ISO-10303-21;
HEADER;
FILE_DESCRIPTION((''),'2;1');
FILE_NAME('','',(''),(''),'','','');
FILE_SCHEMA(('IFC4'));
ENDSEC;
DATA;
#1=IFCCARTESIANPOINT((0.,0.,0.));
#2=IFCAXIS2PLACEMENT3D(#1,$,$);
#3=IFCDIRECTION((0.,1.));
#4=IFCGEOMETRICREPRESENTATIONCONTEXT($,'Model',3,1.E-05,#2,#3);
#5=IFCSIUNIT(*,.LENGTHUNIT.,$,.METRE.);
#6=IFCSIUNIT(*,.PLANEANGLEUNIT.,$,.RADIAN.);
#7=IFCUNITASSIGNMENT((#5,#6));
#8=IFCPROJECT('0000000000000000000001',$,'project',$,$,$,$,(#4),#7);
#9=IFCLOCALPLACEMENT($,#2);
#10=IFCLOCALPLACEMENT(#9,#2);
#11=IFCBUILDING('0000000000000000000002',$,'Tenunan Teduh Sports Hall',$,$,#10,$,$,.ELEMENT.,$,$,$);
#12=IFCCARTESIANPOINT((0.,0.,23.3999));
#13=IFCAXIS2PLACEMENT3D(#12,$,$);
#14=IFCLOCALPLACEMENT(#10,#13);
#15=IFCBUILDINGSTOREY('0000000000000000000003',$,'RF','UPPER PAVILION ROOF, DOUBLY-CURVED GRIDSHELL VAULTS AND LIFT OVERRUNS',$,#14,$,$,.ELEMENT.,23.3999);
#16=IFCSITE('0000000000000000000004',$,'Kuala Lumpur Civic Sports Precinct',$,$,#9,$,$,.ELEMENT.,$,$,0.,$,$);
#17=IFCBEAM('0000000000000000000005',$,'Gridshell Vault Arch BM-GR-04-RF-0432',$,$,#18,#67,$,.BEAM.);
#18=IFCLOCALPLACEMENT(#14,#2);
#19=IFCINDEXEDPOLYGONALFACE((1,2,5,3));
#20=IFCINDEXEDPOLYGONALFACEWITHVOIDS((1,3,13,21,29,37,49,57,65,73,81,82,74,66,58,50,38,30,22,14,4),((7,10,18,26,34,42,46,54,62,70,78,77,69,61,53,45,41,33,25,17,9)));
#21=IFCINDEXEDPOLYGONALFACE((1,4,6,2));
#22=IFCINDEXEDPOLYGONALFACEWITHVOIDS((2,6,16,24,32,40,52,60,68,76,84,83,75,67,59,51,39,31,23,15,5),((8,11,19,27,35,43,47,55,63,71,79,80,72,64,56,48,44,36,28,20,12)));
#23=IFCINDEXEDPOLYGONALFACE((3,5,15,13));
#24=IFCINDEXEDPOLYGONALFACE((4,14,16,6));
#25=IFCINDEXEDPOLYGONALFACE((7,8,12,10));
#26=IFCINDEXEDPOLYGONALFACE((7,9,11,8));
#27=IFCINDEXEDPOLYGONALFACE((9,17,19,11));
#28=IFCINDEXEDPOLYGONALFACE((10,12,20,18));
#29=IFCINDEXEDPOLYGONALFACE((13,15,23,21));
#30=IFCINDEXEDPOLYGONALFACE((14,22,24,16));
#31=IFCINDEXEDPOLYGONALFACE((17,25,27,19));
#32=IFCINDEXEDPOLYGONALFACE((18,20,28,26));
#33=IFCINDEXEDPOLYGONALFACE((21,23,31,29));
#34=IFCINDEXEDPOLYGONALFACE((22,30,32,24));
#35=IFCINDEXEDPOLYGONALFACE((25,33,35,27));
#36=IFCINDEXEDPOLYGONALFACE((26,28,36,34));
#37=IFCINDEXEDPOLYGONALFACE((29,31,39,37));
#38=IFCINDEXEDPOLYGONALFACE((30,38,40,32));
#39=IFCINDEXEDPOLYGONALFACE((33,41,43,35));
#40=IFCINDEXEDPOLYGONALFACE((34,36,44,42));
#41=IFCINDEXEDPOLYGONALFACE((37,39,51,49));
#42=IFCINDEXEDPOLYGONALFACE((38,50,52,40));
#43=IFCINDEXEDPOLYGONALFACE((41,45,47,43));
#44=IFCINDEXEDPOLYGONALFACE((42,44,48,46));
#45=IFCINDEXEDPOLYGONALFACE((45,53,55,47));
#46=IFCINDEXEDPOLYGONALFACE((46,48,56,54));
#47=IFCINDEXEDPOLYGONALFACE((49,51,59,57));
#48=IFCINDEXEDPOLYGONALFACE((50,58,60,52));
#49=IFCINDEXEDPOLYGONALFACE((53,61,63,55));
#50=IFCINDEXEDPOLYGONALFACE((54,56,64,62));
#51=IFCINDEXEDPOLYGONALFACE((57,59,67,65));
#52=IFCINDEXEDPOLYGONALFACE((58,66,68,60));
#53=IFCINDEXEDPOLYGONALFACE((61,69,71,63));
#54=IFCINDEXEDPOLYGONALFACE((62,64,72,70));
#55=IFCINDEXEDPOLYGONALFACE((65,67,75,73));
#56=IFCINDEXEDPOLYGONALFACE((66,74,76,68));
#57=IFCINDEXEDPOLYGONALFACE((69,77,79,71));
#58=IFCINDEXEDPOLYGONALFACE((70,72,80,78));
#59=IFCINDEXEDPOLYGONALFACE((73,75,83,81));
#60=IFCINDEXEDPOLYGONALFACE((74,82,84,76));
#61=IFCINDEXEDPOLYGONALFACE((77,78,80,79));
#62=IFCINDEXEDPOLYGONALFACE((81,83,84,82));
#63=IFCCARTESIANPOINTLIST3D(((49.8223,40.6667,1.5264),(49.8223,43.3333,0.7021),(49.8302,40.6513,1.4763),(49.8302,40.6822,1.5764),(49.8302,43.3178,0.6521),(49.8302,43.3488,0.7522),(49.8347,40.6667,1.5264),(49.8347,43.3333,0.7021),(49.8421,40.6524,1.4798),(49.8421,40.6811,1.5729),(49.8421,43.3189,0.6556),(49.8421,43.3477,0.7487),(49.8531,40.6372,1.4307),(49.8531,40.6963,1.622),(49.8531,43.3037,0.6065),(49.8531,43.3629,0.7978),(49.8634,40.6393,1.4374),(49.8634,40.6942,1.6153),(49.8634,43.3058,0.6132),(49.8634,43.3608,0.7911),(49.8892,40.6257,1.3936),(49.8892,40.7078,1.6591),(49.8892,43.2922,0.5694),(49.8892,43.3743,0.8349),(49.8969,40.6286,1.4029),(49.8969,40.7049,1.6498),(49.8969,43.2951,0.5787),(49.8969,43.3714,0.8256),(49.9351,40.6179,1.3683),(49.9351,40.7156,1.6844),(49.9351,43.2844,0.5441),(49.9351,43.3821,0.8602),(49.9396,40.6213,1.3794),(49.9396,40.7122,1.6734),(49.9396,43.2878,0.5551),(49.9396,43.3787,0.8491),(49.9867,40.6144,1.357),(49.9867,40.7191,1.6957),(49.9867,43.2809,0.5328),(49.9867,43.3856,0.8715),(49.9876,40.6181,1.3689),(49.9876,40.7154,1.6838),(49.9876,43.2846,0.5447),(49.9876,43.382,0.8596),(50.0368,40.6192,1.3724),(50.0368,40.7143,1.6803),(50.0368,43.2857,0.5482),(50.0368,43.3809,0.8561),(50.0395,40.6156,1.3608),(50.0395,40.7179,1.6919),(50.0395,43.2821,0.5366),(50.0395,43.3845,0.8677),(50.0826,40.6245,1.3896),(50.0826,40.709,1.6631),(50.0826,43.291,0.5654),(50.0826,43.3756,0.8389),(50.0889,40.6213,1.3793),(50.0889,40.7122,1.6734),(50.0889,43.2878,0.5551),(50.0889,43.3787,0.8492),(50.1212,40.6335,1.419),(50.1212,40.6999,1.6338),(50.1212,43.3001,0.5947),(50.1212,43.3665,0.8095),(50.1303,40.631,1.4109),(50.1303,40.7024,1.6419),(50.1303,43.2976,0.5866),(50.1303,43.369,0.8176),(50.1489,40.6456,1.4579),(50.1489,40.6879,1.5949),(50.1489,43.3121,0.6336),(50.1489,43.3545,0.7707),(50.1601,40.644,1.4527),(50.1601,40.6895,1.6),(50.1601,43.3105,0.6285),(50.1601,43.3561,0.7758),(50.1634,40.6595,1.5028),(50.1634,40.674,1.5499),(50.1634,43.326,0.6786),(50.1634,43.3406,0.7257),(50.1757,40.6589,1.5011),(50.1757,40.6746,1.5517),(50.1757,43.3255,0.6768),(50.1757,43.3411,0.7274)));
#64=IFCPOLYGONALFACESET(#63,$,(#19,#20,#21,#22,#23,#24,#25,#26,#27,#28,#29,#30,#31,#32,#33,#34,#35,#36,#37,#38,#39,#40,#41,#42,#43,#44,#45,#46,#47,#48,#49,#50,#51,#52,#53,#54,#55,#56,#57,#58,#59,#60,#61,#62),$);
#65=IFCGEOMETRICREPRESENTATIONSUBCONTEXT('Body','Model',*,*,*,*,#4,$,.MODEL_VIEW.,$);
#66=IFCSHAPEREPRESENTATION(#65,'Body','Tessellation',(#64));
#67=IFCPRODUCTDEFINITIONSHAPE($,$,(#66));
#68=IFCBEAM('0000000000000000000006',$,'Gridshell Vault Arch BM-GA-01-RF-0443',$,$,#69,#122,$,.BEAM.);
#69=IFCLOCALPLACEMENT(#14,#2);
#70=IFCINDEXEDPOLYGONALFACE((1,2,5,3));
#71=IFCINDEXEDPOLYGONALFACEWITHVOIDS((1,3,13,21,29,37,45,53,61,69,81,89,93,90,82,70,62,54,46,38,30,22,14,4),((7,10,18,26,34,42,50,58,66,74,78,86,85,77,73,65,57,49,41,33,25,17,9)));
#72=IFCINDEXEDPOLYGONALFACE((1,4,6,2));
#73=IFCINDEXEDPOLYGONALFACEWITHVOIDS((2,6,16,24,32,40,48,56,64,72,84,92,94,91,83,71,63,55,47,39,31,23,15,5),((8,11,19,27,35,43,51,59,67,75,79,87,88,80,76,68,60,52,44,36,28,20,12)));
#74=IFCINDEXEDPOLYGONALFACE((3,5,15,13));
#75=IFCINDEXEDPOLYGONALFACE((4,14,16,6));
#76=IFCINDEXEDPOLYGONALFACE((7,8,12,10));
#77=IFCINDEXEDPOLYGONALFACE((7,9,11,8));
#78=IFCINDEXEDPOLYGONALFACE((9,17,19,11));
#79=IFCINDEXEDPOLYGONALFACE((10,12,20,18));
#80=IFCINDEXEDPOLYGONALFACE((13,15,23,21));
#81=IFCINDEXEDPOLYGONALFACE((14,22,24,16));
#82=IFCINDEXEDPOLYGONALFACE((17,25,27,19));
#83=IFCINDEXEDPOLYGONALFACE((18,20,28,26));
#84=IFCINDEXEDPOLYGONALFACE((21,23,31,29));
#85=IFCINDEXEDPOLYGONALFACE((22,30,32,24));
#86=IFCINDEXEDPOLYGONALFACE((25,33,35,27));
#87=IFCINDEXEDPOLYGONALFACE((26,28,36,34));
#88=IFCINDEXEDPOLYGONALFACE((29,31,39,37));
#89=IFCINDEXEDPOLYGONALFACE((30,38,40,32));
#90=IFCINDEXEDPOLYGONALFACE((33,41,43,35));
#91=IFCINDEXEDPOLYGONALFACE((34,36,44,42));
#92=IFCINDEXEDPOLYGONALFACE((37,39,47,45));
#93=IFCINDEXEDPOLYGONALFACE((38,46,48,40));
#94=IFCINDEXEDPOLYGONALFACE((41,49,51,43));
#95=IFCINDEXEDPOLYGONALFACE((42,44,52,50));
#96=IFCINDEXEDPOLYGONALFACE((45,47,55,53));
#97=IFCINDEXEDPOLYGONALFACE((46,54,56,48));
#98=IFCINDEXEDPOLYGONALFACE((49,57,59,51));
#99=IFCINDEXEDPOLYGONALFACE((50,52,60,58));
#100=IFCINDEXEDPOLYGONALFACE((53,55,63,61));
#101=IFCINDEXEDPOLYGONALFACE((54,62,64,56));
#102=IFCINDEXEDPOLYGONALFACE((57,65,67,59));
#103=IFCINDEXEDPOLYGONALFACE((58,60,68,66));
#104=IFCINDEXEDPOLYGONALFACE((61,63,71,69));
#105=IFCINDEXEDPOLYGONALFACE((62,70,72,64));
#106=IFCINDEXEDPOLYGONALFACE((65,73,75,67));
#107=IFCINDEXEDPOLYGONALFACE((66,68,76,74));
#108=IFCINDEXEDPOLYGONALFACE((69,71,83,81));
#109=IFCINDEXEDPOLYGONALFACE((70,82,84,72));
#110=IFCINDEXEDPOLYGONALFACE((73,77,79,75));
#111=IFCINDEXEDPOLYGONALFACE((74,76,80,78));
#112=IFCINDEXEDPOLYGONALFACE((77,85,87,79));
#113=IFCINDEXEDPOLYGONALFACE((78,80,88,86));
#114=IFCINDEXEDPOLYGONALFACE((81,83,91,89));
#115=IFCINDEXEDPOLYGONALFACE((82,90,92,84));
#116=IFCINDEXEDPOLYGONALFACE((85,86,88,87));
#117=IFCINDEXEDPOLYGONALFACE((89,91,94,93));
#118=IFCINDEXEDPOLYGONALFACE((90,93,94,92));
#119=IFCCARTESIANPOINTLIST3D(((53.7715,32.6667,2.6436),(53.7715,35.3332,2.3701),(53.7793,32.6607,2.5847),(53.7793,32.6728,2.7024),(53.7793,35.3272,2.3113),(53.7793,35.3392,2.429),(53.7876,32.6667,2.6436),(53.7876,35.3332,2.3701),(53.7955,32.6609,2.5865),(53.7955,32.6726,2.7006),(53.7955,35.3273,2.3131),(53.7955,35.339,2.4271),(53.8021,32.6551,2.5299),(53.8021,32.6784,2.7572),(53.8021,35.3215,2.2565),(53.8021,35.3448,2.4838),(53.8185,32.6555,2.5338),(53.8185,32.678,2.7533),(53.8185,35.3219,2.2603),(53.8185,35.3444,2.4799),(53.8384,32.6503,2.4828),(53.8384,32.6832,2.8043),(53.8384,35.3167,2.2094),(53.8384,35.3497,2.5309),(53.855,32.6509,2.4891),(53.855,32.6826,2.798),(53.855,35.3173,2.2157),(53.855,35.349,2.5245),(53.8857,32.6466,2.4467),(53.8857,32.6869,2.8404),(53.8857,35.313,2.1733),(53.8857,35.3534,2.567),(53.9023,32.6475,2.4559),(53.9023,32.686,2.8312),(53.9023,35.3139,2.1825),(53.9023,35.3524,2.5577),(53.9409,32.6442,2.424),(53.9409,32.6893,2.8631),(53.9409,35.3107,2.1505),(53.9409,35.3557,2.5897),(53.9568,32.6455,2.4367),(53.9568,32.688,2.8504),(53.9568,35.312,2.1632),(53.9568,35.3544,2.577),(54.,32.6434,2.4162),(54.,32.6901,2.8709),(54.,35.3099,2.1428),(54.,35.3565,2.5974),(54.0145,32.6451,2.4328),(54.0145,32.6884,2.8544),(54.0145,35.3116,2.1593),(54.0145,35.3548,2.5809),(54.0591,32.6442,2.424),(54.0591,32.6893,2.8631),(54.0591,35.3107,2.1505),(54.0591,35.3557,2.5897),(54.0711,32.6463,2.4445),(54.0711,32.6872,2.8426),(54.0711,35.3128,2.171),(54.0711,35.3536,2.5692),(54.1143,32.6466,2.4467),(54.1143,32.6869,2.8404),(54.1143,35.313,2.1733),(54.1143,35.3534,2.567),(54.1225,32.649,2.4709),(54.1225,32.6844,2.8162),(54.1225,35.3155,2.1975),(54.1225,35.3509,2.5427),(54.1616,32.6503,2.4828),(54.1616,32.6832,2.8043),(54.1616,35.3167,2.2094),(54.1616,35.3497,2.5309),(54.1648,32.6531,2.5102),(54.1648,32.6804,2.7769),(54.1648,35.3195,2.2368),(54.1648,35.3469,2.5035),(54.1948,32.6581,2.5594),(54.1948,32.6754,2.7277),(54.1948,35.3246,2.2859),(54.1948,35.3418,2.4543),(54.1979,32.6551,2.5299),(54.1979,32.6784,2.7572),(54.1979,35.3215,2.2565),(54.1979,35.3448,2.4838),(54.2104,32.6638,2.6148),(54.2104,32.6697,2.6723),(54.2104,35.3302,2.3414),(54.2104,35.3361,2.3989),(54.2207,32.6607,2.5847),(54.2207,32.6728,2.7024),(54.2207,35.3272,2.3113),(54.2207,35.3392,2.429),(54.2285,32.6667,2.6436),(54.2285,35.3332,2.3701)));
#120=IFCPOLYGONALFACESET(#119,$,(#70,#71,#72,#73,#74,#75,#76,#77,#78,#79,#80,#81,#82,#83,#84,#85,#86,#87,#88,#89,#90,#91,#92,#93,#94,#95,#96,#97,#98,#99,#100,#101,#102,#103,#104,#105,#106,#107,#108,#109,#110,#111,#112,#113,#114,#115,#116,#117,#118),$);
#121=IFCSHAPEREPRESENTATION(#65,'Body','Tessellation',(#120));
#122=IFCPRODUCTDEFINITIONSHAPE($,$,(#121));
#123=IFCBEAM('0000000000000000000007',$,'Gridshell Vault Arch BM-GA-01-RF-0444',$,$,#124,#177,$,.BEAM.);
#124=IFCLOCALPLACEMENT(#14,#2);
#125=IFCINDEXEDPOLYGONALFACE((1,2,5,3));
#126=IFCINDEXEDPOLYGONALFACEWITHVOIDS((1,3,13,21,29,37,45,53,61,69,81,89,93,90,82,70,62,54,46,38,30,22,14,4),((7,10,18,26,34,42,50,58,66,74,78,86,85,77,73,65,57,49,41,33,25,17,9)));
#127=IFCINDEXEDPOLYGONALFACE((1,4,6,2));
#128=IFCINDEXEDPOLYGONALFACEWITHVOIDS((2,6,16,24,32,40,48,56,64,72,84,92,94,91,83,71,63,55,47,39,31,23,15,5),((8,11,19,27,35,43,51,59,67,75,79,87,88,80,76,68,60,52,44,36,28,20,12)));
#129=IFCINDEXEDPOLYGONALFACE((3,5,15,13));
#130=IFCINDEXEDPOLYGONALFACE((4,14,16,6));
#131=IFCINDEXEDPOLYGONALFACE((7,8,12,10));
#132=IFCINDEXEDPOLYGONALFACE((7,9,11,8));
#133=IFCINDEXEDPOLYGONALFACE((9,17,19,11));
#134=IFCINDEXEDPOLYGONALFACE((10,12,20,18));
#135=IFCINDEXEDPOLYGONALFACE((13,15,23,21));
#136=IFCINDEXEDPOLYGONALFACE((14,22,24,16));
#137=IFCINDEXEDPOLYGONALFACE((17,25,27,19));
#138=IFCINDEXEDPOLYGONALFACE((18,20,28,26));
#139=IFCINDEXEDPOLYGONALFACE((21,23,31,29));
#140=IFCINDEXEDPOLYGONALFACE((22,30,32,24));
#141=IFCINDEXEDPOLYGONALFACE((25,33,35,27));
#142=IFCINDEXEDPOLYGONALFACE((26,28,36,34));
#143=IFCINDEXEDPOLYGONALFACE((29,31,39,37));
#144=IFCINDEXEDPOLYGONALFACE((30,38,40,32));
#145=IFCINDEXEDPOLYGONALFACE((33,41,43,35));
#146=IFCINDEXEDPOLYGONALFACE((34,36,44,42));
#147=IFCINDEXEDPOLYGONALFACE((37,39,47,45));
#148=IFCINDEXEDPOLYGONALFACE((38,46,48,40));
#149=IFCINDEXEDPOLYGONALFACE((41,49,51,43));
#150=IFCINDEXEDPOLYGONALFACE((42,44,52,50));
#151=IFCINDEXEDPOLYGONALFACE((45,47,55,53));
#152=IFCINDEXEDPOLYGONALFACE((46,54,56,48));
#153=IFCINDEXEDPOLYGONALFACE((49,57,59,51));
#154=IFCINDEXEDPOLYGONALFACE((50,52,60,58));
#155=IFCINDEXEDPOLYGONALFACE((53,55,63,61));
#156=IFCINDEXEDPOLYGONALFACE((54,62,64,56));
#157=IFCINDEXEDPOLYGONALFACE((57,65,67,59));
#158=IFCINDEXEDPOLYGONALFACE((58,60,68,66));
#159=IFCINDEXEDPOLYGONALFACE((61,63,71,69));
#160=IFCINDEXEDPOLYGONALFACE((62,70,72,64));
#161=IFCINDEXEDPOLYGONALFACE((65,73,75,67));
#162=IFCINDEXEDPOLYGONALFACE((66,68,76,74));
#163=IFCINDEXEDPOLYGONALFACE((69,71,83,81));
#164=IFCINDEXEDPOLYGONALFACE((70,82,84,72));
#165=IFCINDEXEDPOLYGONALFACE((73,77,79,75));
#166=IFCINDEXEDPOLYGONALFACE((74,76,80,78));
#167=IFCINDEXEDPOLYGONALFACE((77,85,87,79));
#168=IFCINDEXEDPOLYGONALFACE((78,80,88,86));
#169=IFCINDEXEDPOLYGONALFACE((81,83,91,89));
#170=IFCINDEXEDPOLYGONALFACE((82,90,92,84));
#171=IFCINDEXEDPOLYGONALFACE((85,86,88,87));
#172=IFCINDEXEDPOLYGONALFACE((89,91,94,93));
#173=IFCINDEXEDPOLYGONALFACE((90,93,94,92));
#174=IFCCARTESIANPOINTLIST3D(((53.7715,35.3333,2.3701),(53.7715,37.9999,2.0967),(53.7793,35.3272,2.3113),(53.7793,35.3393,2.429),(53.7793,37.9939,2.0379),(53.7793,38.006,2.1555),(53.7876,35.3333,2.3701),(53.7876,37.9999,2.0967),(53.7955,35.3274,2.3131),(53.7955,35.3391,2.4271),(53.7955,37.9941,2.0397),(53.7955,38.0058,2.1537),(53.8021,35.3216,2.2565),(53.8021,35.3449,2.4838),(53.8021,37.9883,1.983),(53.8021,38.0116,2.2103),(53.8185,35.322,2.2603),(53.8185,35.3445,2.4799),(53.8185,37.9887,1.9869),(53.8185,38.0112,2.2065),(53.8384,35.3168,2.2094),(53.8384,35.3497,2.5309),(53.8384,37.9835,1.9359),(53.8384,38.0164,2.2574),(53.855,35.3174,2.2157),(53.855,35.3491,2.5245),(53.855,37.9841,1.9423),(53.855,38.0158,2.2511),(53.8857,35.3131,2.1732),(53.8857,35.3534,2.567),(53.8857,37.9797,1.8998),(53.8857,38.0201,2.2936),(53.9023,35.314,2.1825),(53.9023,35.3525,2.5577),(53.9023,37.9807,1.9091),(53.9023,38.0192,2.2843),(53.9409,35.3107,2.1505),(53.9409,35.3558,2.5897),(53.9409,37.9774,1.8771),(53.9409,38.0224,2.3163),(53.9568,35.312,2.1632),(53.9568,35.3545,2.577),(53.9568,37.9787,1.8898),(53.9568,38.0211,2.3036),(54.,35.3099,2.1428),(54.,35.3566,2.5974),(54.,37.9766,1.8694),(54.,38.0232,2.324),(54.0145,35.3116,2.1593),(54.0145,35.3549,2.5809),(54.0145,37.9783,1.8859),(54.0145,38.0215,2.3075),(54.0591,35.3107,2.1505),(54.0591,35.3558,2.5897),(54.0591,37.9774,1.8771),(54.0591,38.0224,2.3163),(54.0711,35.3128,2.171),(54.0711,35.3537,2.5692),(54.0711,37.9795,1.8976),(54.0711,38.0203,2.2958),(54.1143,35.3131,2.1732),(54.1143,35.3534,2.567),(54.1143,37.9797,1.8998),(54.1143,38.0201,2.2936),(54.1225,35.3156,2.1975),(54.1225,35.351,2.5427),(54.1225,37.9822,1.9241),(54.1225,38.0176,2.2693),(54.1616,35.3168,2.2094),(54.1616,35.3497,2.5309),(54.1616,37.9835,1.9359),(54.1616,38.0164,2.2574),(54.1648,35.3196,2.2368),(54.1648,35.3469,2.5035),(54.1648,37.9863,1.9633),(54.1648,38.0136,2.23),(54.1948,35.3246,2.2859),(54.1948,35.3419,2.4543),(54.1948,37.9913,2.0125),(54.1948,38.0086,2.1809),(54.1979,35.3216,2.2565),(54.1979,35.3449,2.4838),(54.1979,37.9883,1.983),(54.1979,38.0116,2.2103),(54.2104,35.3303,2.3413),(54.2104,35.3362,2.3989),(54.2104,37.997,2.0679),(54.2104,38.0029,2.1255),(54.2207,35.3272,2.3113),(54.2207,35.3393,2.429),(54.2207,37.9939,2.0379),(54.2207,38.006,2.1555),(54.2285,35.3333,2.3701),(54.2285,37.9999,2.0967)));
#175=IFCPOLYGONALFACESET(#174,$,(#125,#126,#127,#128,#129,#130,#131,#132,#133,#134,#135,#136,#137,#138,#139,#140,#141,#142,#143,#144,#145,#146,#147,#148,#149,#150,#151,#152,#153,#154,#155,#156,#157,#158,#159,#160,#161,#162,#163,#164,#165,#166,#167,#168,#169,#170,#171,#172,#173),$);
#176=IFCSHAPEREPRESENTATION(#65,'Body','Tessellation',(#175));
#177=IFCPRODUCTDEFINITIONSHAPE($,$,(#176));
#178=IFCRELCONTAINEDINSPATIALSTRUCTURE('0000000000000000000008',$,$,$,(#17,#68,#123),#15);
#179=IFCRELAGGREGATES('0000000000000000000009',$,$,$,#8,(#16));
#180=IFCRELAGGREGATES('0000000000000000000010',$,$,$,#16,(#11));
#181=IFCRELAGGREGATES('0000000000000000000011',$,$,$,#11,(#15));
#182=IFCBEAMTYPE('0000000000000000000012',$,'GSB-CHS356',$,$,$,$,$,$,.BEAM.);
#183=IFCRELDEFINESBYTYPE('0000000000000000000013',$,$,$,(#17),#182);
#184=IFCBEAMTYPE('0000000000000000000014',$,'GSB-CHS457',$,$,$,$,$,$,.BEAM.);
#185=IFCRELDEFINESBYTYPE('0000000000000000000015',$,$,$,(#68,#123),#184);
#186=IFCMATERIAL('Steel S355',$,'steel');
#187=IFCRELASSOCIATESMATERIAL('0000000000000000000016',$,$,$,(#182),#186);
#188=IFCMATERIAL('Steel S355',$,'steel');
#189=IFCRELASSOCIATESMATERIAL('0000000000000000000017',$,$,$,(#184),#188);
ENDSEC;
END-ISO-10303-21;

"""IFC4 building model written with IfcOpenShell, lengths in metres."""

from ifc_helpers import new_model, si_unit, direction, frame, origin, origin_2d, place, context, subcontext, project, spatial, hollow_circle, extrude, material, material_profile, profile_set, type_object, element, save


model = new_model("IFC4")

# Units and contexts
model_context = context("Model", 3, precision=1e-05, world=origin(), true_north=direction((0.0, 1.0)))
body_context = subcontext(model_context, "Body", "Model", "MODEL_VIEW")
ifc_project = project(units=[si_unit("LENGTHUNIT", "METRE"), si_unit("PLANEANGLEUNIT", "RADIAN")], contexts=[model_context])

# Site, building, storey
site_placement = place(None, origin())
site = spatial("IfcSite", under=ifc_project, at=site_placement, Name="Kuala Lumpur Civic Sports Precinct", CompositionType="ELEMENT", RefElevation=0.0)
building_placement = place(site_placement, origin())
building = spatial("IfcBuilding", under=site, at=building_placement, Name="Tenunan Teduh Sports Hall", CompositionType="ELEMENT")
storey_placement = place(building_placement, frame((0.0, 0.0, 23.3999)))
storey = spatial("IfcBuildingStorey", under=building, at=storey_placement, Name="RF", Description="UPPER PAVILION ROOF, DOUBLY-CURVED GRIDSHELL VAULTS AND LIFT OVERRUNS", CompositionType="ELEMENT", Elevation=23.3999)

# Beams
ifc_material_1 = material(Name="Steel S355", Category="steel")
ifc_material_profile_1 = material_profile(ifc_material_1, hollow_circle(Radius=0.1777, WallThickness=0.0125, at=origin_2d()), Name="CHS 355.6x12.5")
ifc_profile_set_1 = profile_set([ifc_material_profile_1], Name="Steel S355")
beam_type_1 = type_object("IfcBeamType", Name="GSB-CHS356", PredefinedType="BEAM", material=ifc_profile_set_1)
beam_1_placement = place(storey_placement, frame((50.0, 40.6667, 1.5264), z_axis=(0.0, 0.9554, -0.295315), x_axis=(-1.0, 0.0, 0.0)))
element("IfcBeam", 1, at=beam_1_placement, inside=storey, type_object=beam_type_1, Name="Gridshell Vault Arch BM-GR-04-RF-0432", PredefinedType="BEAM", context=body_context, shape_type="SweptSolid", body=[
    extrude(hollow_circle(Radius=0.1777, WallThickness=0.0125, at=origin_2d()), origin(), (0.0, 0.0, 1.0), 2.791),
])
ifc_material_2 = material(Name="Steel S355", Category="steel")
ifc_material_profile_2 = material_profile(ifc_material_2, hollow_circle(Radius=0.2285, WallThickness=0.0161, at=origin_2d()), Name="CHS 457.0x16.0")
ifc_profile_set_2 = profile_set([ifc_material_profile_2], Name="Steel S355")
beam_type_2 = type_object("IfcBeamType", Name="GSB-CHS457", PredefinedType="BEAM", material=ifc_profile_set_2)
beam_2_placement = place(storey_placement, frame((54.0, 32.6667, 2.6436), z_axis=(0.0, 0.994783, -0.10201), x_axis=(-1.0, 0.0, 0.0)))
element("IfcBeam", 2, at=beam_2_placement, inside=storey, type_object=beam_type_2, Name="Gridshell Vault Arch BM-GA-01-RF-0443", PredefinedType="BEAM", context=body_context, shape_type="SweptSolid", body=[
    extrude(hollow_circle(Radius=0.2285, WallThickness=0.0161, at=origin_2d()), origin(), (0.0, 0.0, 1.0), 2.6804),
])
beam_3_placement = place(storey_placement, frame((54.0, 35.3333, 2.3701), z_axis=(0.0, 0.994784, -0.102001), x_axis=(-1.0, 0.0, 0.0)))
element("IfcBeam", 3, at=beam_3_placement, inside=storey, type_object=beam_type_2, Name="Gridshell Vault Arch BM-GA-01-RF-0444", PredefinedType="BEAM", context=body_context, shape_type="SweptSolid", body=[
    extrude(hollow_circle(Radius=0.2285, WallThickness=0.0161, at=origin_2d()), origin(), (0.0, 0.0, 1.0), 2.6807),
])

save(model, "model.ifc")
